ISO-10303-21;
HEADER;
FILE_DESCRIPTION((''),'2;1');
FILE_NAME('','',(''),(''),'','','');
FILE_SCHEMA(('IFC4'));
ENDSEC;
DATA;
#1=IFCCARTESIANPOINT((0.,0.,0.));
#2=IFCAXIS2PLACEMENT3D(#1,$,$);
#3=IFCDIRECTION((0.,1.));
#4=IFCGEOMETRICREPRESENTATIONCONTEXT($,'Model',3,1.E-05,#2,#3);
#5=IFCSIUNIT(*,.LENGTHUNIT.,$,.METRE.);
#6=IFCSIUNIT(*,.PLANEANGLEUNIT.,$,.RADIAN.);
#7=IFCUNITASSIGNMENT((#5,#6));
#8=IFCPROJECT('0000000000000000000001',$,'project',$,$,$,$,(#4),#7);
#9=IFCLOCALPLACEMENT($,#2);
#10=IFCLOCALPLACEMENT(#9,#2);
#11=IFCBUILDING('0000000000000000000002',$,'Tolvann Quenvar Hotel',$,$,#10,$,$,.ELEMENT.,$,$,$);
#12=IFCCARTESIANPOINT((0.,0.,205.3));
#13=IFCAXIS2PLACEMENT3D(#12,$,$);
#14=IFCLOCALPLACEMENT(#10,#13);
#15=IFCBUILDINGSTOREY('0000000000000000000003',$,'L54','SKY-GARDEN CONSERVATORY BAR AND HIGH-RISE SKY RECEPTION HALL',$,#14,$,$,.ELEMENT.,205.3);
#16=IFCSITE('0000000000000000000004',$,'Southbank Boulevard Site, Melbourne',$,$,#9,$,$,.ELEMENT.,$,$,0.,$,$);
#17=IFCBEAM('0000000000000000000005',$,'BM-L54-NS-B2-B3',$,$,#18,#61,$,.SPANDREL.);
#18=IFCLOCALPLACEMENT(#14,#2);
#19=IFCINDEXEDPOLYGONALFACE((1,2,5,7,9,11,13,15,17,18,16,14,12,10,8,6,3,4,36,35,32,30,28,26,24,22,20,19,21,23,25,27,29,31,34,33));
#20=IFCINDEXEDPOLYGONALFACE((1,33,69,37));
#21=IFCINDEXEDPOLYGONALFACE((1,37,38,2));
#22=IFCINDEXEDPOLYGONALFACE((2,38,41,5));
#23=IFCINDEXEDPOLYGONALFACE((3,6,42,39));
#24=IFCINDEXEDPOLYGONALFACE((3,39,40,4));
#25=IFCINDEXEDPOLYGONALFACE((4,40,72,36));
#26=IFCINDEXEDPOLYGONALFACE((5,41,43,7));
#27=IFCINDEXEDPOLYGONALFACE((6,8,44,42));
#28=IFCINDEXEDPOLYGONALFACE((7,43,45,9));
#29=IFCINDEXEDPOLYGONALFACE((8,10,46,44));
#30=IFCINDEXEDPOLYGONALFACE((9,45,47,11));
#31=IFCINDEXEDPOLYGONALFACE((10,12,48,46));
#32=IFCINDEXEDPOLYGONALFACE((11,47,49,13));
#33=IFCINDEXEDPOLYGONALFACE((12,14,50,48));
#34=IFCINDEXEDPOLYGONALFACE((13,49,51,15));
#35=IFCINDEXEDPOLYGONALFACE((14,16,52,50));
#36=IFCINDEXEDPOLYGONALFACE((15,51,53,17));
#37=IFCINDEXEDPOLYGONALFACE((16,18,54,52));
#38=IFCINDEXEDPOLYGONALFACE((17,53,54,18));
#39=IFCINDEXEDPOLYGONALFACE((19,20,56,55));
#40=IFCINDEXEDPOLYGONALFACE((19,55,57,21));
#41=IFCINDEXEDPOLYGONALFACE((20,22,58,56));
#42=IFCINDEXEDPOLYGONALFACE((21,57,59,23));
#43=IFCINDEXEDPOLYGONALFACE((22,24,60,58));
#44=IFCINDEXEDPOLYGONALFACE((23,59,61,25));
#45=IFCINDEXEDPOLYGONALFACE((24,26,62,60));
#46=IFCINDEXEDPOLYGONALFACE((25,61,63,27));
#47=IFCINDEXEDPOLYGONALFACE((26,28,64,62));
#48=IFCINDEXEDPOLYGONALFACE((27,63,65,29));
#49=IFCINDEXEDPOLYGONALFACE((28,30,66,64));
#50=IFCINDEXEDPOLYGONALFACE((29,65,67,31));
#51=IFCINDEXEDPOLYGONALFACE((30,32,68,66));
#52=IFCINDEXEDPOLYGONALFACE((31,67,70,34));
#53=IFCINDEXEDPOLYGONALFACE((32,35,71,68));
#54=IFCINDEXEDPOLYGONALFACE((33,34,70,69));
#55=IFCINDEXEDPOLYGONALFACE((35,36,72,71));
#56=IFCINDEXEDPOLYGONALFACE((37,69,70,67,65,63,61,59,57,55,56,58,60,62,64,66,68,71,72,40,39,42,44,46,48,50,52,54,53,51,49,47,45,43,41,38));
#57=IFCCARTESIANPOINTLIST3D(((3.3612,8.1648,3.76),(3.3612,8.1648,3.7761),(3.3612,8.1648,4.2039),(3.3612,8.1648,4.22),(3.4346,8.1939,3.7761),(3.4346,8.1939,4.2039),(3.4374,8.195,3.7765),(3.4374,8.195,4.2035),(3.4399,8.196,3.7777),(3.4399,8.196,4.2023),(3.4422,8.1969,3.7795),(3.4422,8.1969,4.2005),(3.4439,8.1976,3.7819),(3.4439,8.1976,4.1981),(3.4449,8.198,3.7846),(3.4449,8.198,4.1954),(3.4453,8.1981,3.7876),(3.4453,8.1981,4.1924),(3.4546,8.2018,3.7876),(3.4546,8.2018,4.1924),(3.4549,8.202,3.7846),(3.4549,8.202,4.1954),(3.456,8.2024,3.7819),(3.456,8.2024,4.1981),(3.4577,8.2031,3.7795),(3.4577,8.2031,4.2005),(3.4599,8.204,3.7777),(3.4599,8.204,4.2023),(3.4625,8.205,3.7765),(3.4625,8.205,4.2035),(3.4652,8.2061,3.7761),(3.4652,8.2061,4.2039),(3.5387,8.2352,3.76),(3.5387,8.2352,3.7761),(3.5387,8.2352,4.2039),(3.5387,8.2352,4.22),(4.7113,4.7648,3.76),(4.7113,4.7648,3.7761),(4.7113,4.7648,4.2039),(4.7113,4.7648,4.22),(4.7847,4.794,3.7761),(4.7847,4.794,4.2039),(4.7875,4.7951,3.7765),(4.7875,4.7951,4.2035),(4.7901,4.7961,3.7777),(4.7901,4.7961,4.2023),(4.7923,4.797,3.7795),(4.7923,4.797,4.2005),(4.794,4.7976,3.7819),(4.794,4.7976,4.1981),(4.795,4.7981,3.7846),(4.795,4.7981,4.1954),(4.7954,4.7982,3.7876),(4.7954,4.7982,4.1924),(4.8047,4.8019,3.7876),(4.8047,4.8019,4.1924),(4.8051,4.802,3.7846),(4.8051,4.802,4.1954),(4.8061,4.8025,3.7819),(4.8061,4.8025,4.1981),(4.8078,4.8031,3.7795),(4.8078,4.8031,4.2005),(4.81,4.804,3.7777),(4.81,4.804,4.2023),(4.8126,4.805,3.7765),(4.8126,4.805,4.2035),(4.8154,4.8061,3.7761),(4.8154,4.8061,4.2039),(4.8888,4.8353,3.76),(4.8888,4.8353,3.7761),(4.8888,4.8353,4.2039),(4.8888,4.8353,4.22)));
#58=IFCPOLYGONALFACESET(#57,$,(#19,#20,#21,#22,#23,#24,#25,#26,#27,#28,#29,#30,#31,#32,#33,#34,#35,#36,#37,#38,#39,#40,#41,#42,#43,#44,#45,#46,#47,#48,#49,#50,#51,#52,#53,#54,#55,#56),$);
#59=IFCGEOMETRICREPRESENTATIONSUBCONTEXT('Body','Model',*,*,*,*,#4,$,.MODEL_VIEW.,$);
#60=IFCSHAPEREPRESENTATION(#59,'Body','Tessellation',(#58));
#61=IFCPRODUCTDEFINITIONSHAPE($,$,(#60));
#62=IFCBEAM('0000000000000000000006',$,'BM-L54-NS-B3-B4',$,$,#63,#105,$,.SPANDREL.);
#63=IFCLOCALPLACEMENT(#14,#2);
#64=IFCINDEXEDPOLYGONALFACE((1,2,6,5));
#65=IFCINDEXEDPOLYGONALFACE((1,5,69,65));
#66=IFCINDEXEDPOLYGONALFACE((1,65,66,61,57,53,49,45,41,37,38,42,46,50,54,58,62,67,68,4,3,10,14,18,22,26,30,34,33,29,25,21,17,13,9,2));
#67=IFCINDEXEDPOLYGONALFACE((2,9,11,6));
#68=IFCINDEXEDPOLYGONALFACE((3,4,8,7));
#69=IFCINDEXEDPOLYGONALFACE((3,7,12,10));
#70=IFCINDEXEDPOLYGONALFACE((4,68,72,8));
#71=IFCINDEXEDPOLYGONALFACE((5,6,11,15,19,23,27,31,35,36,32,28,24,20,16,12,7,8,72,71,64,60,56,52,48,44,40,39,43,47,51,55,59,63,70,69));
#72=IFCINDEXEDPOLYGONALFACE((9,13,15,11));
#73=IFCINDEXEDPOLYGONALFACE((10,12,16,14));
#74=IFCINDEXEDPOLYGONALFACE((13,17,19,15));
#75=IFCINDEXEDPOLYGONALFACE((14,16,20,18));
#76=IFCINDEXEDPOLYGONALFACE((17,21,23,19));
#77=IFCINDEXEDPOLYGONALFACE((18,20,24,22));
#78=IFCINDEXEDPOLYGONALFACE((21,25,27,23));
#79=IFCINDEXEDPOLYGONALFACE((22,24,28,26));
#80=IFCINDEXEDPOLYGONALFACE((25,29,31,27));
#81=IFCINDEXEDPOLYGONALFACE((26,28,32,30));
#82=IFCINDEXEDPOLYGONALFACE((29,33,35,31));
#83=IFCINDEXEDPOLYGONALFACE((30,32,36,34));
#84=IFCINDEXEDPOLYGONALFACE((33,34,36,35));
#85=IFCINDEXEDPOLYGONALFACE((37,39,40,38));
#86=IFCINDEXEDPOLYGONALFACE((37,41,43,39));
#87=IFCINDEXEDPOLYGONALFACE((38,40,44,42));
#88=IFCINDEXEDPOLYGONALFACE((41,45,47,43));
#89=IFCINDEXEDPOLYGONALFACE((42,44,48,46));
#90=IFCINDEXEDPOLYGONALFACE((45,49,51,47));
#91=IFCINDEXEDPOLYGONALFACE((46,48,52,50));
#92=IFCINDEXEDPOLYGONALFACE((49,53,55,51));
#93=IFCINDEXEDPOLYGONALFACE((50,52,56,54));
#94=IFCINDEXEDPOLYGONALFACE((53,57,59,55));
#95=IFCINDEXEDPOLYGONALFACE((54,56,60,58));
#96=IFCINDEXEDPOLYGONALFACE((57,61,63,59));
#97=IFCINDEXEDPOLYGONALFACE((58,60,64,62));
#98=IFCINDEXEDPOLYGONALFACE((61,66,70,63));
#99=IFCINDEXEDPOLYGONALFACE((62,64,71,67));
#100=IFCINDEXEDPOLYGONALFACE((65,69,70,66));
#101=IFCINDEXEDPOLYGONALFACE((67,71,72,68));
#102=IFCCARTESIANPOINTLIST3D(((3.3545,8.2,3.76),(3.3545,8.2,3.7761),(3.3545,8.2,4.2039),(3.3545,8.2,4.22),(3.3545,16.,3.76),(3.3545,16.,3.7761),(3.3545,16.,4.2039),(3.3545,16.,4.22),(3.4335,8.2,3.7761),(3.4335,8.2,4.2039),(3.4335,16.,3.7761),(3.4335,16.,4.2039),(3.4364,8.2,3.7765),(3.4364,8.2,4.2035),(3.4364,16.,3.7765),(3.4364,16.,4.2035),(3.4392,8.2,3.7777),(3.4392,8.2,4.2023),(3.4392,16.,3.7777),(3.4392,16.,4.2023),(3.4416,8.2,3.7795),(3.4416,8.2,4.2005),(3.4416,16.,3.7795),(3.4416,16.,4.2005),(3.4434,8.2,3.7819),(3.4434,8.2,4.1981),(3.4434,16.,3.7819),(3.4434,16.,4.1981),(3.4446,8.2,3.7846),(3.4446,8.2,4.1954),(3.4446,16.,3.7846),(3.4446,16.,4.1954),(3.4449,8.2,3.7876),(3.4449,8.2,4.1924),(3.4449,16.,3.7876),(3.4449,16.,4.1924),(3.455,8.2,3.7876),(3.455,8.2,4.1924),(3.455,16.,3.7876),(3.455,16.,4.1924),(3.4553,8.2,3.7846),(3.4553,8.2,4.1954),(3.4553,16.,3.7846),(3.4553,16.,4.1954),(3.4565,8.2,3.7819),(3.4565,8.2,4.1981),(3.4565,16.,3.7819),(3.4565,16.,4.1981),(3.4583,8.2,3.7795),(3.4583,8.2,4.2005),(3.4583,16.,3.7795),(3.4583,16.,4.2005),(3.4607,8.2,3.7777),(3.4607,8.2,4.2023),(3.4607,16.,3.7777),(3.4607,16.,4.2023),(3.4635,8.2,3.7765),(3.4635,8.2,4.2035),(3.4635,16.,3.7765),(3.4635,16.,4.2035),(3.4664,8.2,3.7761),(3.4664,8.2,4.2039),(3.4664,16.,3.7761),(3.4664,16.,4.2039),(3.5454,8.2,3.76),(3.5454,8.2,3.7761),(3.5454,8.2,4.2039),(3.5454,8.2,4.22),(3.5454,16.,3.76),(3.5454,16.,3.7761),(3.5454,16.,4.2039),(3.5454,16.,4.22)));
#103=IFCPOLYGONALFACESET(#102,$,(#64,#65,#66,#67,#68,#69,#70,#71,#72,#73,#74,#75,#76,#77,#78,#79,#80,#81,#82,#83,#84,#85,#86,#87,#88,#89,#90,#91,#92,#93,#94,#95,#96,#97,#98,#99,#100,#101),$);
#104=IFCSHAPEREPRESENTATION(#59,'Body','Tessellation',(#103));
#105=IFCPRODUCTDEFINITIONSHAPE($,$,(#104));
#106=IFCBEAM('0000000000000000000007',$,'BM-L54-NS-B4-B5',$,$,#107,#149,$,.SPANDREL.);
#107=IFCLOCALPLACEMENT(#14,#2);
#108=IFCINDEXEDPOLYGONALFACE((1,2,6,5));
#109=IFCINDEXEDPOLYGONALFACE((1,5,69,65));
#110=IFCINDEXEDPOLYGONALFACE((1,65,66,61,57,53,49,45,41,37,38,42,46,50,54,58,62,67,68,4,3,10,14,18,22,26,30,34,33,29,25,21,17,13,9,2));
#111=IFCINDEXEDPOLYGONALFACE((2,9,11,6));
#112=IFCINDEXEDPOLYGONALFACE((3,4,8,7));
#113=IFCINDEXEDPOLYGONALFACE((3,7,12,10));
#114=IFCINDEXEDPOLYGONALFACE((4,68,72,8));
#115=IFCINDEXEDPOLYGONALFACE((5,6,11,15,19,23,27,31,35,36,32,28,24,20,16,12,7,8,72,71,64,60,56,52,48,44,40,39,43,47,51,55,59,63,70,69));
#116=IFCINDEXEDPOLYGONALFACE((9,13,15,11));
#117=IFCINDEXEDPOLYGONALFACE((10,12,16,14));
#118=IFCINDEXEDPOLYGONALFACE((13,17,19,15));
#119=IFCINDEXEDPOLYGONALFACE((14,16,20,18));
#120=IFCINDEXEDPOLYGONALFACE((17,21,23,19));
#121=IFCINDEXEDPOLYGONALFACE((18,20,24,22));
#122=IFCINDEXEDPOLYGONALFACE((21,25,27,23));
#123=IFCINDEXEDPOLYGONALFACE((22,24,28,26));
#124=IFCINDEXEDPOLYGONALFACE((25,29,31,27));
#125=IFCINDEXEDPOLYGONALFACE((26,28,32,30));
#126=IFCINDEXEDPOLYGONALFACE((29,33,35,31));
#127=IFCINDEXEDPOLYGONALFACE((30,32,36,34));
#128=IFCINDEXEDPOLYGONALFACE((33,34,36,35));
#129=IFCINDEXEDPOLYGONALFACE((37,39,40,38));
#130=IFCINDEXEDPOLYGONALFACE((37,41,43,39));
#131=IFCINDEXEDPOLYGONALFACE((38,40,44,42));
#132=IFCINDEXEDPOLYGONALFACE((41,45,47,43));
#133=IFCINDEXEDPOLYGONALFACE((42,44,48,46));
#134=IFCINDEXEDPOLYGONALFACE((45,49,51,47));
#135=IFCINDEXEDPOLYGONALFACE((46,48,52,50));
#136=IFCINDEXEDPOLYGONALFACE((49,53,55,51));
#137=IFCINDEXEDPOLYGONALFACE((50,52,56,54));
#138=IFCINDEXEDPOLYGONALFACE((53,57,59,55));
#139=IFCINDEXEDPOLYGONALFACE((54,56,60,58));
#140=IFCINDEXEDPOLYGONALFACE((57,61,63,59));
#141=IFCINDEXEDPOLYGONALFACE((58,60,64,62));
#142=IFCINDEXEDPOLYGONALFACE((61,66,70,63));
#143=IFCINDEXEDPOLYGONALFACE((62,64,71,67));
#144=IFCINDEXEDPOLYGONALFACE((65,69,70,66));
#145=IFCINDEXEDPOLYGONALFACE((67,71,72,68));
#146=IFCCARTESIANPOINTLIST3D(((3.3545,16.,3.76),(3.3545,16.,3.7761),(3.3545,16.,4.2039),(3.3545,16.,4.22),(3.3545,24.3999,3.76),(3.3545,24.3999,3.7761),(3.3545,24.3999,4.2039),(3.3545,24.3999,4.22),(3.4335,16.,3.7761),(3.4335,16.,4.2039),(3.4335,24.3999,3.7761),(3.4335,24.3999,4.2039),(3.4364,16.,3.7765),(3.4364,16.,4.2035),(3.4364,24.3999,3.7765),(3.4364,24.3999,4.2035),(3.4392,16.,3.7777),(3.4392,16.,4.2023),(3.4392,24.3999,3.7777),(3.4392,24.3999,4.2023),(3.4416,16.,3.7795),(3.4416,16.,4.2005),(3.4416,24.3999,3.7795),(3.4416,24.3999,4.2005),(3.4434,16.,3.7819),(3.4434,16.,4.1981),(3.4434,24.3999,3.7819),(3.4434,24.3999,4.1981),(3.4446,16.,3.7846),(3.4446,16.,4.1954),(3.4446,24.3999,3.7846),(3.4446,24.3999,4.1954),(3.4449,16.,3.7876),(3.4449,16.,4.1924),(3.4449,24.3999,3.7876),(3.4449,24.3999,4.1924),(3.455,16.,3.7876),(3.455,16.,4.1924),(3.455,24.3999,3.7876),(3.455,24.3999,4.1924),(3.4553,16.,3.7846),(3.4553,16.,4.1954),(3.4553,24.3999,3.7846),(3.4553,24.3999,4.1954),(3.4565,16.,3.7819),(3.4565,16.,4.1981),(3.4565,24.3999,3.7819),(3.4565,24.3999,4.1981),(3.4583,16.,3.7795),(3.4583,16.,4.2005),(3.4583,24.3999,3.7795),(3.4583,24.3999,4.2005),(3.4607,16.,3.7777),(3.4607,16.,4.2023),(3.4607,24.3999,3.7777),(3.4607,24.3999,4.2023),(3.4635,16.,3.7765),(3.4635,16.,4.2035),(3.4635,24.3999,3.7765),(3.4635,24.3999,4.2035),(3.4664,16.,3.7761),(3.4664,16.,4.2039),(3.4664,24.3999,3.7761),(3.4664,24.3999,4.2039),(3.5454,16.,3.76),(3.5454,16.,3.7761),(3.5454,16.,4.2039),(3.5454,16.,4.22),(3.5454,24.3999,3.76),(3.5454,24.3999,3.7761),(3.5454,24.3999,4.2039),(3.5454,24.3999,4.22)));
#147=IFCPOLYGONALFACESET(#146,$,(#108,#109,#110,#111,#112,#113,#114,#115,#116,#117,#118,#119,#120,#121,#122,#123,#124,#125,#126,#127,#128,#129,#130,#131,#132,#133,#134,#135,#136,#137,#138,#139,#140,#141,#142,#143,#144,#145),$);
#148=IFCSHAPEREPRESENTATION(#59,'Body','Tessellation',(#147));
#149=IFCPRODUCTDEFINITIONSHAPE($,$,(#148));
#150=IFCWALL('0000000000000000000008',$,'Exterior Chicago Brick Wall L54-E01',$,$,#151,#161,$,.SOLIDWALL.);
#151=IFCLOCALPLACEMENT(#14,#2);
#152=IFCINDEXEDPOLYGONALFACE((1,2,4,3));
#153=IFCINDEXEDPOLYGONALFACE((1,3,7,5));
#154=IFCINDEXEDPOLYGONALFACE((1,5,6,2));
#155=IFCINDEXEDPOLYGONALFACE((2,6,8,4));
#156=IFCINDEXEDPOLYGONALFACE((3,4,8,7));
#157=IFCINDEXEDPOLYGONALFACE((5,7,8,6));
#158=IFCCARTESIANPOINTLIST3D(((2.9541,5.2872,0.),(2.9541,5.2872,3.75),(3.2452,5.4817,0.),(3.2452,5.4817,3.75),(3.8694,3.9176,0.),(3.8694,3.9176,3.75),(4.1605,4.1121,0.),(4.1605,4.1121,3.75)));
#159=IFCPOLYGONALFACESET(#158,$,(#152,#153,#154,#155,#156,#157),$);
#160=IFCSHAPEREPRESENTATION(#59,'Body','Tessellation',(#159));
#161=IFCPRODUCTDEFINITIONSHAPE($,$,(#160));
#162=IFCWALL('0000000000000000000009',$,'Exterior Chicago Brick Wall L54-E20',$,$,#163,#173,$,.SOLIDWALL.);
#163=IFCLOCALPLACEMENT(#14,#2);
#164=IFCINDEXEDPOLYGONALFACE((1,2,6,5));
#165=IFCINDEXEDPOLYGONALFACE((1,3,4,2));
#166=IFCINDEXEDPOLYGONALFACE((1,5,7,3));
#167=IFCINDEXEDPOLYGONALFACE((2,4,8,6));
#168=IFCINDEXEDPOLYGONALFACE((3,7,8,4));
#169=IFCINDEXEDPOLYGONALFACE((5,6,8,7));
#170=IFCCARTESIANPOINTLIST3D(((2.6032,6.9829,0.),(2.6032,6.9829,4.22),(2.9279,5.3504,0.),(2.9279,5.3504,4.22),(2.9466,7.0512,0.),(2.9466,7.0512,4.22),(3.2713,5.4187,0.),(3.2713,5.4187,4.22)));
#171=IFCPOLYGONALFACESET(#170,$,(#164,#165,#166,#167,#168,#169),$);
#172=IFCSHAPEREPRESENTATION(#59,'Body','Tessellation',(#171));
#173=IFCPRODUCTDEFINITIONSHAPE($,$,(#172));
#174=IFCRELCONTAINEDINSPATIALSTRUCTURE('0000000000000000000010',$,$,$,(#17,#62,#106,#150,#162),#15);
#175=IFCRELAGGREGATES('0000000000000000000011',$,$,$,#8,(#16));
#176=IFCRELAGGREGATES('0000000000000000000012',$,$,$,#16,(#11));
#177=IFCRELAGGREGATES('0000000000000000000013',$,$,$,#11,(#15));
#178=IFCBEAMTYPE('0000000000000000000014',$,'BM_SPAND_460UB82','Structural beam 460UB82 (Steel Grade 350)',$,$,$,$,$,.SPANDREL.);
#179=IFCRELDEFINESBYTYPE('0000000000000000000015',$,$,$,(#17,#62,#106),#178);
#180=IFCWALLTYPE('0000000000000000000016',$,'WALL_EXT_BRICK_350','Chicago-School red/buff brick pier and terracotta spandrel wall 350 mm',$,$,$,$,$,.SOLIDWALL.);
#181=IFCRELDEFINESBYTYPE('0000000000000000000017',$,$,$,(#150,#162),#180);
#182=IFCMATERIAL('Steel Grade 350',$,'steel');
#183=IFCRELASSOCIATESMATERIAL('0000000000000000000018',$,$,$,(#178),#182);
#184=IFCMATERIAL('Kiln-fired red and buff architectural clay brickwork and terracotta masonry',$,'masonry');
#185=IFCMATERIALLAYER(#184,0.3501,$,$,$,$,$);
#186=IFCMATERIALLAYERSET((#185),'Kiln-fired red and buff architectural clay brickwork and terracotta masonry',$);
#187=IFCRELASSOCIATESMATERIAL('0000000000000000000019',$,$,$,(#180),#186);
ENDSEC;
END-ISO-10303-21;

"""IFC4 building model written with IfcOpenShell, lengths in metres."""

from ifc_helpers import new_model, si_unit, direction, frame, frame_2d, origin, origin_2d, place, context, subcontext, project, spatial, rectangle, i_section, extrude, source, transform, mapped, material, layer, layer_set, material_profile, profile_set, type_object, element, save


model = new_model("IFC4")

# Units and contexts
model_context = context("Model", 3, precision=1e-05, world=origin(), true_north=direction((0.0, 1.0)))
body_context = subcontext(model_context, "Body", "Model", "MODEL_VIEW")
ifc_project = project(units=[si_unit("LENGTHUNIT", "METRE"), si_unit("PLANEANGLEUNIT", "RADIAN")], contexts=[model_context])

# Site, building, storey
site_placement = place(None, origin())
site = spatial("IfcSite", under=ifc_project, at=site_placement, Name="Southbank Boulevard Site, Melbourne", CompositionType="ELEMENT", RefElevation=0.0)
building_placement = place(site_placement, origin())
building = spatial("IfcBuilding", under=site, at=building_placement, Name="Tolvann Quenvar Hotel", CompositionType="ELEMENT")
storey_placement = place(building_placement, frame((0.0, 0.0, 205.3)))
storey = spatial("IfcBuildingStorey", under=building, at=storey_placement, Name="L54", Description="SKY-GARDEN CONSERVATORY BAR AND HIGH-RISE SKY RECEPTION HALL", CompositionType="ELEMENT", Elevation=205.3)

# Shared definitions
ifc_material_1 = material(Name="Steel Grade 350", Category="steel")

# Beams
ifc_material_profile_1 = material_profile(ifc_material_1, i_section(OverallWidth=0.1909, OverallDepth=0.46, WebThickness=0.01, FlangeThickness=0.0161, FilletRadius=0.0115, at=origin_2d()), Name="460UB82")
ifc_profile_set_1 = profile_set([ifc_material_profile_1], Name="Steel Grade 350")
beam_type_1 = type_object("IfcBeamType", Name="BM_SPAND_460UB82", Description="Structural beam 460UB82 (Steel Grade 350)", PredefinedType="SPANDREL", material=ifc_profile_set_1)
shared_shape_1 = source(origin(), body_context, "Body", "SweptSolid", [
    extrude(i_section(OverallWidth=0.1909, OverallDepth=0.46, WebThickness=0.01, FlangeThickness=0.0161, FilletRadius=0.0115, at=origin_2d()), origin(), (0.0, 0.0, 1.0), 3.6582),
])
beam_1_placement = place(storey_placement, frame((4.8, 4.8, 3.99), z_axis=(-0.369065, 0.929404, 0.0), x_axis=(-0.929404, -0.369065, 0.0)))
element("IfcBeam", 1, at=beam_1_placement, inside=storey, type_object=beam_type_1, Name="BM-L54-NS-B2-B3", PredefinedType="SPANDREL", context=body_context, shape_type="MappedRepresentation", body=[
    mapped(shared_shape_1, transform((0.0, 0.0, 0.0), x_axis=(1.0, 0.0, 0.0), y_axis=(0.0, 1.0, 0.0), z_axis=(0.0, 0.0, 1.0), scale=1.0)),
])
shared_shape_2 = source(origin(), body_context, "Body", "SweptSolid", [
    extrude(i_section(OverallWidth=0.1909, OverallDepth=0.46, WebThickness=0.01, FlangeThickness=0.0161, FilletRadius=0.0115, at=origin_2d()), origin(), (0.0, 0.0, 1.0), 7.8),
])
beam_2_placement = place(storey_placement, frame((3.45, 8.2, 3.99), z_axis=(0.0, 1.0, 0.0), x_axis=(-1.0, 0.0, 0.0)))
element("IfcBeam", 2, at=beam_2_placement, inside=storey, type_object=beam_type_1, Name="BM-L54-NS-B3-B4", PredefinedType="SPANDREL", context=body_context, shape_type="MappedRepresentation", body=[
    mapped(shared_shape_2, transform((0.0, 0.0, 0.0), x_axis=(1.0, 0.0, 0.0), y_axis=(0.0, 1.0, 0.0), z_axis=(0.0, 0.0, 1.0), scale=1.0)),
])
shared_shape_3 = source(origin(), body_context, "Body", "SweptSolid", [
    extrude(i_section(OverallWidth=0.1909, OverallDepth=0.46, WebThickness=0.01, FlangeThickness=0.0161, FilletRadius=0.0115, at=origin_2d()), origin(), (0.0, 0.0, 1.0), 8.3999),
])
beam_3_placement = place(storey_placement, frame((3.45, 16.0, 3.99), z_axis=(0.0, 1.0, 0.0), x_axis=(-1.0, 0.0, 0.0)))
element("IfcBeam", 3, at=beam_3_placement, inside=storey, type_object=beam_type_1, Name="BM-L54-NS-B4-B5", PredefinedType="SPANDREL", context=body_context, shape_type="MappedRepresentation", body=[
    mapped(shared_shape_3, transform((0.0, 0.0, 0.0), x_axis=(1.0, 0.0, 0.0), y_axis=(0.0, 1.0, 0.0), z_axis=(0.0, 0.0, 1.0), scale=1.0)),
])

# Walls
ifc_material_2 = material(Name="Kiln-fired red and buff architectural clay brickwork and terracotta masonry", Category="masonry")
ifc_layer_1 = layer(ifc_material_2, 0.3501)
ifc_layer_set_1 = layer_set([ifc_layer_1], Name="Kiln-fired red and buff architectural clay brickwork and terracotta masonry")
wall_type_1 = type_object("IfcWallType", Name="WALL_EXT_BRICK_350", Description="Chicago-School red/buff brick pier and terracotta spandrel wall 350 mm", PredefinedType="SOLIDWALL", material=ifc_layer_set_1)
wall_1_placement = place(storey_placement, frame((3.0996, 5.3845, 0.0), z_axis=(0.0, 0.0, 1.0), x_axis=(0.555623, -0.831434, 0.0)))
element("IfcWall", 4, at=wall_1_placement, inside=storey, type_object=wall_type_1, Name="Exterior Chicago Brick Wall L54-E01", PredefinedType="SOLIDWALL", context=body_context, shape_type="SweptSolid", body=[
    extrude(rectangle(XDim=1.6472, YDim=0.3501, at=frame_2d((0.8237, 0.0))), origin(), (0.0, 0.0, 1.0), 3.75),
])
wall_2_placement = place(storey_placement, frame((2.7749, 7.0171, 0.0), z_axis=(0.0, 0.0, 1.0), x_axis=(0.195072, -0.980789, 0.0)))
element("IfcWall", 5, at=wall_2_placement, inside=storey, type_object=wall_type_1, Name="Exterior Chicago Brick Wall L54-E20", PredefinedType="SOLIDWALL", context=body_context, shape_type="SweptSolid", body=[
    extrude(rectangle(XDim=1.6646, YDim=0.3501, at=frame_2d((0.8323, 0.0))), origin(), (0.0, 0.0, 1.0), 4.22),
])

save(model, "model.ifc")
